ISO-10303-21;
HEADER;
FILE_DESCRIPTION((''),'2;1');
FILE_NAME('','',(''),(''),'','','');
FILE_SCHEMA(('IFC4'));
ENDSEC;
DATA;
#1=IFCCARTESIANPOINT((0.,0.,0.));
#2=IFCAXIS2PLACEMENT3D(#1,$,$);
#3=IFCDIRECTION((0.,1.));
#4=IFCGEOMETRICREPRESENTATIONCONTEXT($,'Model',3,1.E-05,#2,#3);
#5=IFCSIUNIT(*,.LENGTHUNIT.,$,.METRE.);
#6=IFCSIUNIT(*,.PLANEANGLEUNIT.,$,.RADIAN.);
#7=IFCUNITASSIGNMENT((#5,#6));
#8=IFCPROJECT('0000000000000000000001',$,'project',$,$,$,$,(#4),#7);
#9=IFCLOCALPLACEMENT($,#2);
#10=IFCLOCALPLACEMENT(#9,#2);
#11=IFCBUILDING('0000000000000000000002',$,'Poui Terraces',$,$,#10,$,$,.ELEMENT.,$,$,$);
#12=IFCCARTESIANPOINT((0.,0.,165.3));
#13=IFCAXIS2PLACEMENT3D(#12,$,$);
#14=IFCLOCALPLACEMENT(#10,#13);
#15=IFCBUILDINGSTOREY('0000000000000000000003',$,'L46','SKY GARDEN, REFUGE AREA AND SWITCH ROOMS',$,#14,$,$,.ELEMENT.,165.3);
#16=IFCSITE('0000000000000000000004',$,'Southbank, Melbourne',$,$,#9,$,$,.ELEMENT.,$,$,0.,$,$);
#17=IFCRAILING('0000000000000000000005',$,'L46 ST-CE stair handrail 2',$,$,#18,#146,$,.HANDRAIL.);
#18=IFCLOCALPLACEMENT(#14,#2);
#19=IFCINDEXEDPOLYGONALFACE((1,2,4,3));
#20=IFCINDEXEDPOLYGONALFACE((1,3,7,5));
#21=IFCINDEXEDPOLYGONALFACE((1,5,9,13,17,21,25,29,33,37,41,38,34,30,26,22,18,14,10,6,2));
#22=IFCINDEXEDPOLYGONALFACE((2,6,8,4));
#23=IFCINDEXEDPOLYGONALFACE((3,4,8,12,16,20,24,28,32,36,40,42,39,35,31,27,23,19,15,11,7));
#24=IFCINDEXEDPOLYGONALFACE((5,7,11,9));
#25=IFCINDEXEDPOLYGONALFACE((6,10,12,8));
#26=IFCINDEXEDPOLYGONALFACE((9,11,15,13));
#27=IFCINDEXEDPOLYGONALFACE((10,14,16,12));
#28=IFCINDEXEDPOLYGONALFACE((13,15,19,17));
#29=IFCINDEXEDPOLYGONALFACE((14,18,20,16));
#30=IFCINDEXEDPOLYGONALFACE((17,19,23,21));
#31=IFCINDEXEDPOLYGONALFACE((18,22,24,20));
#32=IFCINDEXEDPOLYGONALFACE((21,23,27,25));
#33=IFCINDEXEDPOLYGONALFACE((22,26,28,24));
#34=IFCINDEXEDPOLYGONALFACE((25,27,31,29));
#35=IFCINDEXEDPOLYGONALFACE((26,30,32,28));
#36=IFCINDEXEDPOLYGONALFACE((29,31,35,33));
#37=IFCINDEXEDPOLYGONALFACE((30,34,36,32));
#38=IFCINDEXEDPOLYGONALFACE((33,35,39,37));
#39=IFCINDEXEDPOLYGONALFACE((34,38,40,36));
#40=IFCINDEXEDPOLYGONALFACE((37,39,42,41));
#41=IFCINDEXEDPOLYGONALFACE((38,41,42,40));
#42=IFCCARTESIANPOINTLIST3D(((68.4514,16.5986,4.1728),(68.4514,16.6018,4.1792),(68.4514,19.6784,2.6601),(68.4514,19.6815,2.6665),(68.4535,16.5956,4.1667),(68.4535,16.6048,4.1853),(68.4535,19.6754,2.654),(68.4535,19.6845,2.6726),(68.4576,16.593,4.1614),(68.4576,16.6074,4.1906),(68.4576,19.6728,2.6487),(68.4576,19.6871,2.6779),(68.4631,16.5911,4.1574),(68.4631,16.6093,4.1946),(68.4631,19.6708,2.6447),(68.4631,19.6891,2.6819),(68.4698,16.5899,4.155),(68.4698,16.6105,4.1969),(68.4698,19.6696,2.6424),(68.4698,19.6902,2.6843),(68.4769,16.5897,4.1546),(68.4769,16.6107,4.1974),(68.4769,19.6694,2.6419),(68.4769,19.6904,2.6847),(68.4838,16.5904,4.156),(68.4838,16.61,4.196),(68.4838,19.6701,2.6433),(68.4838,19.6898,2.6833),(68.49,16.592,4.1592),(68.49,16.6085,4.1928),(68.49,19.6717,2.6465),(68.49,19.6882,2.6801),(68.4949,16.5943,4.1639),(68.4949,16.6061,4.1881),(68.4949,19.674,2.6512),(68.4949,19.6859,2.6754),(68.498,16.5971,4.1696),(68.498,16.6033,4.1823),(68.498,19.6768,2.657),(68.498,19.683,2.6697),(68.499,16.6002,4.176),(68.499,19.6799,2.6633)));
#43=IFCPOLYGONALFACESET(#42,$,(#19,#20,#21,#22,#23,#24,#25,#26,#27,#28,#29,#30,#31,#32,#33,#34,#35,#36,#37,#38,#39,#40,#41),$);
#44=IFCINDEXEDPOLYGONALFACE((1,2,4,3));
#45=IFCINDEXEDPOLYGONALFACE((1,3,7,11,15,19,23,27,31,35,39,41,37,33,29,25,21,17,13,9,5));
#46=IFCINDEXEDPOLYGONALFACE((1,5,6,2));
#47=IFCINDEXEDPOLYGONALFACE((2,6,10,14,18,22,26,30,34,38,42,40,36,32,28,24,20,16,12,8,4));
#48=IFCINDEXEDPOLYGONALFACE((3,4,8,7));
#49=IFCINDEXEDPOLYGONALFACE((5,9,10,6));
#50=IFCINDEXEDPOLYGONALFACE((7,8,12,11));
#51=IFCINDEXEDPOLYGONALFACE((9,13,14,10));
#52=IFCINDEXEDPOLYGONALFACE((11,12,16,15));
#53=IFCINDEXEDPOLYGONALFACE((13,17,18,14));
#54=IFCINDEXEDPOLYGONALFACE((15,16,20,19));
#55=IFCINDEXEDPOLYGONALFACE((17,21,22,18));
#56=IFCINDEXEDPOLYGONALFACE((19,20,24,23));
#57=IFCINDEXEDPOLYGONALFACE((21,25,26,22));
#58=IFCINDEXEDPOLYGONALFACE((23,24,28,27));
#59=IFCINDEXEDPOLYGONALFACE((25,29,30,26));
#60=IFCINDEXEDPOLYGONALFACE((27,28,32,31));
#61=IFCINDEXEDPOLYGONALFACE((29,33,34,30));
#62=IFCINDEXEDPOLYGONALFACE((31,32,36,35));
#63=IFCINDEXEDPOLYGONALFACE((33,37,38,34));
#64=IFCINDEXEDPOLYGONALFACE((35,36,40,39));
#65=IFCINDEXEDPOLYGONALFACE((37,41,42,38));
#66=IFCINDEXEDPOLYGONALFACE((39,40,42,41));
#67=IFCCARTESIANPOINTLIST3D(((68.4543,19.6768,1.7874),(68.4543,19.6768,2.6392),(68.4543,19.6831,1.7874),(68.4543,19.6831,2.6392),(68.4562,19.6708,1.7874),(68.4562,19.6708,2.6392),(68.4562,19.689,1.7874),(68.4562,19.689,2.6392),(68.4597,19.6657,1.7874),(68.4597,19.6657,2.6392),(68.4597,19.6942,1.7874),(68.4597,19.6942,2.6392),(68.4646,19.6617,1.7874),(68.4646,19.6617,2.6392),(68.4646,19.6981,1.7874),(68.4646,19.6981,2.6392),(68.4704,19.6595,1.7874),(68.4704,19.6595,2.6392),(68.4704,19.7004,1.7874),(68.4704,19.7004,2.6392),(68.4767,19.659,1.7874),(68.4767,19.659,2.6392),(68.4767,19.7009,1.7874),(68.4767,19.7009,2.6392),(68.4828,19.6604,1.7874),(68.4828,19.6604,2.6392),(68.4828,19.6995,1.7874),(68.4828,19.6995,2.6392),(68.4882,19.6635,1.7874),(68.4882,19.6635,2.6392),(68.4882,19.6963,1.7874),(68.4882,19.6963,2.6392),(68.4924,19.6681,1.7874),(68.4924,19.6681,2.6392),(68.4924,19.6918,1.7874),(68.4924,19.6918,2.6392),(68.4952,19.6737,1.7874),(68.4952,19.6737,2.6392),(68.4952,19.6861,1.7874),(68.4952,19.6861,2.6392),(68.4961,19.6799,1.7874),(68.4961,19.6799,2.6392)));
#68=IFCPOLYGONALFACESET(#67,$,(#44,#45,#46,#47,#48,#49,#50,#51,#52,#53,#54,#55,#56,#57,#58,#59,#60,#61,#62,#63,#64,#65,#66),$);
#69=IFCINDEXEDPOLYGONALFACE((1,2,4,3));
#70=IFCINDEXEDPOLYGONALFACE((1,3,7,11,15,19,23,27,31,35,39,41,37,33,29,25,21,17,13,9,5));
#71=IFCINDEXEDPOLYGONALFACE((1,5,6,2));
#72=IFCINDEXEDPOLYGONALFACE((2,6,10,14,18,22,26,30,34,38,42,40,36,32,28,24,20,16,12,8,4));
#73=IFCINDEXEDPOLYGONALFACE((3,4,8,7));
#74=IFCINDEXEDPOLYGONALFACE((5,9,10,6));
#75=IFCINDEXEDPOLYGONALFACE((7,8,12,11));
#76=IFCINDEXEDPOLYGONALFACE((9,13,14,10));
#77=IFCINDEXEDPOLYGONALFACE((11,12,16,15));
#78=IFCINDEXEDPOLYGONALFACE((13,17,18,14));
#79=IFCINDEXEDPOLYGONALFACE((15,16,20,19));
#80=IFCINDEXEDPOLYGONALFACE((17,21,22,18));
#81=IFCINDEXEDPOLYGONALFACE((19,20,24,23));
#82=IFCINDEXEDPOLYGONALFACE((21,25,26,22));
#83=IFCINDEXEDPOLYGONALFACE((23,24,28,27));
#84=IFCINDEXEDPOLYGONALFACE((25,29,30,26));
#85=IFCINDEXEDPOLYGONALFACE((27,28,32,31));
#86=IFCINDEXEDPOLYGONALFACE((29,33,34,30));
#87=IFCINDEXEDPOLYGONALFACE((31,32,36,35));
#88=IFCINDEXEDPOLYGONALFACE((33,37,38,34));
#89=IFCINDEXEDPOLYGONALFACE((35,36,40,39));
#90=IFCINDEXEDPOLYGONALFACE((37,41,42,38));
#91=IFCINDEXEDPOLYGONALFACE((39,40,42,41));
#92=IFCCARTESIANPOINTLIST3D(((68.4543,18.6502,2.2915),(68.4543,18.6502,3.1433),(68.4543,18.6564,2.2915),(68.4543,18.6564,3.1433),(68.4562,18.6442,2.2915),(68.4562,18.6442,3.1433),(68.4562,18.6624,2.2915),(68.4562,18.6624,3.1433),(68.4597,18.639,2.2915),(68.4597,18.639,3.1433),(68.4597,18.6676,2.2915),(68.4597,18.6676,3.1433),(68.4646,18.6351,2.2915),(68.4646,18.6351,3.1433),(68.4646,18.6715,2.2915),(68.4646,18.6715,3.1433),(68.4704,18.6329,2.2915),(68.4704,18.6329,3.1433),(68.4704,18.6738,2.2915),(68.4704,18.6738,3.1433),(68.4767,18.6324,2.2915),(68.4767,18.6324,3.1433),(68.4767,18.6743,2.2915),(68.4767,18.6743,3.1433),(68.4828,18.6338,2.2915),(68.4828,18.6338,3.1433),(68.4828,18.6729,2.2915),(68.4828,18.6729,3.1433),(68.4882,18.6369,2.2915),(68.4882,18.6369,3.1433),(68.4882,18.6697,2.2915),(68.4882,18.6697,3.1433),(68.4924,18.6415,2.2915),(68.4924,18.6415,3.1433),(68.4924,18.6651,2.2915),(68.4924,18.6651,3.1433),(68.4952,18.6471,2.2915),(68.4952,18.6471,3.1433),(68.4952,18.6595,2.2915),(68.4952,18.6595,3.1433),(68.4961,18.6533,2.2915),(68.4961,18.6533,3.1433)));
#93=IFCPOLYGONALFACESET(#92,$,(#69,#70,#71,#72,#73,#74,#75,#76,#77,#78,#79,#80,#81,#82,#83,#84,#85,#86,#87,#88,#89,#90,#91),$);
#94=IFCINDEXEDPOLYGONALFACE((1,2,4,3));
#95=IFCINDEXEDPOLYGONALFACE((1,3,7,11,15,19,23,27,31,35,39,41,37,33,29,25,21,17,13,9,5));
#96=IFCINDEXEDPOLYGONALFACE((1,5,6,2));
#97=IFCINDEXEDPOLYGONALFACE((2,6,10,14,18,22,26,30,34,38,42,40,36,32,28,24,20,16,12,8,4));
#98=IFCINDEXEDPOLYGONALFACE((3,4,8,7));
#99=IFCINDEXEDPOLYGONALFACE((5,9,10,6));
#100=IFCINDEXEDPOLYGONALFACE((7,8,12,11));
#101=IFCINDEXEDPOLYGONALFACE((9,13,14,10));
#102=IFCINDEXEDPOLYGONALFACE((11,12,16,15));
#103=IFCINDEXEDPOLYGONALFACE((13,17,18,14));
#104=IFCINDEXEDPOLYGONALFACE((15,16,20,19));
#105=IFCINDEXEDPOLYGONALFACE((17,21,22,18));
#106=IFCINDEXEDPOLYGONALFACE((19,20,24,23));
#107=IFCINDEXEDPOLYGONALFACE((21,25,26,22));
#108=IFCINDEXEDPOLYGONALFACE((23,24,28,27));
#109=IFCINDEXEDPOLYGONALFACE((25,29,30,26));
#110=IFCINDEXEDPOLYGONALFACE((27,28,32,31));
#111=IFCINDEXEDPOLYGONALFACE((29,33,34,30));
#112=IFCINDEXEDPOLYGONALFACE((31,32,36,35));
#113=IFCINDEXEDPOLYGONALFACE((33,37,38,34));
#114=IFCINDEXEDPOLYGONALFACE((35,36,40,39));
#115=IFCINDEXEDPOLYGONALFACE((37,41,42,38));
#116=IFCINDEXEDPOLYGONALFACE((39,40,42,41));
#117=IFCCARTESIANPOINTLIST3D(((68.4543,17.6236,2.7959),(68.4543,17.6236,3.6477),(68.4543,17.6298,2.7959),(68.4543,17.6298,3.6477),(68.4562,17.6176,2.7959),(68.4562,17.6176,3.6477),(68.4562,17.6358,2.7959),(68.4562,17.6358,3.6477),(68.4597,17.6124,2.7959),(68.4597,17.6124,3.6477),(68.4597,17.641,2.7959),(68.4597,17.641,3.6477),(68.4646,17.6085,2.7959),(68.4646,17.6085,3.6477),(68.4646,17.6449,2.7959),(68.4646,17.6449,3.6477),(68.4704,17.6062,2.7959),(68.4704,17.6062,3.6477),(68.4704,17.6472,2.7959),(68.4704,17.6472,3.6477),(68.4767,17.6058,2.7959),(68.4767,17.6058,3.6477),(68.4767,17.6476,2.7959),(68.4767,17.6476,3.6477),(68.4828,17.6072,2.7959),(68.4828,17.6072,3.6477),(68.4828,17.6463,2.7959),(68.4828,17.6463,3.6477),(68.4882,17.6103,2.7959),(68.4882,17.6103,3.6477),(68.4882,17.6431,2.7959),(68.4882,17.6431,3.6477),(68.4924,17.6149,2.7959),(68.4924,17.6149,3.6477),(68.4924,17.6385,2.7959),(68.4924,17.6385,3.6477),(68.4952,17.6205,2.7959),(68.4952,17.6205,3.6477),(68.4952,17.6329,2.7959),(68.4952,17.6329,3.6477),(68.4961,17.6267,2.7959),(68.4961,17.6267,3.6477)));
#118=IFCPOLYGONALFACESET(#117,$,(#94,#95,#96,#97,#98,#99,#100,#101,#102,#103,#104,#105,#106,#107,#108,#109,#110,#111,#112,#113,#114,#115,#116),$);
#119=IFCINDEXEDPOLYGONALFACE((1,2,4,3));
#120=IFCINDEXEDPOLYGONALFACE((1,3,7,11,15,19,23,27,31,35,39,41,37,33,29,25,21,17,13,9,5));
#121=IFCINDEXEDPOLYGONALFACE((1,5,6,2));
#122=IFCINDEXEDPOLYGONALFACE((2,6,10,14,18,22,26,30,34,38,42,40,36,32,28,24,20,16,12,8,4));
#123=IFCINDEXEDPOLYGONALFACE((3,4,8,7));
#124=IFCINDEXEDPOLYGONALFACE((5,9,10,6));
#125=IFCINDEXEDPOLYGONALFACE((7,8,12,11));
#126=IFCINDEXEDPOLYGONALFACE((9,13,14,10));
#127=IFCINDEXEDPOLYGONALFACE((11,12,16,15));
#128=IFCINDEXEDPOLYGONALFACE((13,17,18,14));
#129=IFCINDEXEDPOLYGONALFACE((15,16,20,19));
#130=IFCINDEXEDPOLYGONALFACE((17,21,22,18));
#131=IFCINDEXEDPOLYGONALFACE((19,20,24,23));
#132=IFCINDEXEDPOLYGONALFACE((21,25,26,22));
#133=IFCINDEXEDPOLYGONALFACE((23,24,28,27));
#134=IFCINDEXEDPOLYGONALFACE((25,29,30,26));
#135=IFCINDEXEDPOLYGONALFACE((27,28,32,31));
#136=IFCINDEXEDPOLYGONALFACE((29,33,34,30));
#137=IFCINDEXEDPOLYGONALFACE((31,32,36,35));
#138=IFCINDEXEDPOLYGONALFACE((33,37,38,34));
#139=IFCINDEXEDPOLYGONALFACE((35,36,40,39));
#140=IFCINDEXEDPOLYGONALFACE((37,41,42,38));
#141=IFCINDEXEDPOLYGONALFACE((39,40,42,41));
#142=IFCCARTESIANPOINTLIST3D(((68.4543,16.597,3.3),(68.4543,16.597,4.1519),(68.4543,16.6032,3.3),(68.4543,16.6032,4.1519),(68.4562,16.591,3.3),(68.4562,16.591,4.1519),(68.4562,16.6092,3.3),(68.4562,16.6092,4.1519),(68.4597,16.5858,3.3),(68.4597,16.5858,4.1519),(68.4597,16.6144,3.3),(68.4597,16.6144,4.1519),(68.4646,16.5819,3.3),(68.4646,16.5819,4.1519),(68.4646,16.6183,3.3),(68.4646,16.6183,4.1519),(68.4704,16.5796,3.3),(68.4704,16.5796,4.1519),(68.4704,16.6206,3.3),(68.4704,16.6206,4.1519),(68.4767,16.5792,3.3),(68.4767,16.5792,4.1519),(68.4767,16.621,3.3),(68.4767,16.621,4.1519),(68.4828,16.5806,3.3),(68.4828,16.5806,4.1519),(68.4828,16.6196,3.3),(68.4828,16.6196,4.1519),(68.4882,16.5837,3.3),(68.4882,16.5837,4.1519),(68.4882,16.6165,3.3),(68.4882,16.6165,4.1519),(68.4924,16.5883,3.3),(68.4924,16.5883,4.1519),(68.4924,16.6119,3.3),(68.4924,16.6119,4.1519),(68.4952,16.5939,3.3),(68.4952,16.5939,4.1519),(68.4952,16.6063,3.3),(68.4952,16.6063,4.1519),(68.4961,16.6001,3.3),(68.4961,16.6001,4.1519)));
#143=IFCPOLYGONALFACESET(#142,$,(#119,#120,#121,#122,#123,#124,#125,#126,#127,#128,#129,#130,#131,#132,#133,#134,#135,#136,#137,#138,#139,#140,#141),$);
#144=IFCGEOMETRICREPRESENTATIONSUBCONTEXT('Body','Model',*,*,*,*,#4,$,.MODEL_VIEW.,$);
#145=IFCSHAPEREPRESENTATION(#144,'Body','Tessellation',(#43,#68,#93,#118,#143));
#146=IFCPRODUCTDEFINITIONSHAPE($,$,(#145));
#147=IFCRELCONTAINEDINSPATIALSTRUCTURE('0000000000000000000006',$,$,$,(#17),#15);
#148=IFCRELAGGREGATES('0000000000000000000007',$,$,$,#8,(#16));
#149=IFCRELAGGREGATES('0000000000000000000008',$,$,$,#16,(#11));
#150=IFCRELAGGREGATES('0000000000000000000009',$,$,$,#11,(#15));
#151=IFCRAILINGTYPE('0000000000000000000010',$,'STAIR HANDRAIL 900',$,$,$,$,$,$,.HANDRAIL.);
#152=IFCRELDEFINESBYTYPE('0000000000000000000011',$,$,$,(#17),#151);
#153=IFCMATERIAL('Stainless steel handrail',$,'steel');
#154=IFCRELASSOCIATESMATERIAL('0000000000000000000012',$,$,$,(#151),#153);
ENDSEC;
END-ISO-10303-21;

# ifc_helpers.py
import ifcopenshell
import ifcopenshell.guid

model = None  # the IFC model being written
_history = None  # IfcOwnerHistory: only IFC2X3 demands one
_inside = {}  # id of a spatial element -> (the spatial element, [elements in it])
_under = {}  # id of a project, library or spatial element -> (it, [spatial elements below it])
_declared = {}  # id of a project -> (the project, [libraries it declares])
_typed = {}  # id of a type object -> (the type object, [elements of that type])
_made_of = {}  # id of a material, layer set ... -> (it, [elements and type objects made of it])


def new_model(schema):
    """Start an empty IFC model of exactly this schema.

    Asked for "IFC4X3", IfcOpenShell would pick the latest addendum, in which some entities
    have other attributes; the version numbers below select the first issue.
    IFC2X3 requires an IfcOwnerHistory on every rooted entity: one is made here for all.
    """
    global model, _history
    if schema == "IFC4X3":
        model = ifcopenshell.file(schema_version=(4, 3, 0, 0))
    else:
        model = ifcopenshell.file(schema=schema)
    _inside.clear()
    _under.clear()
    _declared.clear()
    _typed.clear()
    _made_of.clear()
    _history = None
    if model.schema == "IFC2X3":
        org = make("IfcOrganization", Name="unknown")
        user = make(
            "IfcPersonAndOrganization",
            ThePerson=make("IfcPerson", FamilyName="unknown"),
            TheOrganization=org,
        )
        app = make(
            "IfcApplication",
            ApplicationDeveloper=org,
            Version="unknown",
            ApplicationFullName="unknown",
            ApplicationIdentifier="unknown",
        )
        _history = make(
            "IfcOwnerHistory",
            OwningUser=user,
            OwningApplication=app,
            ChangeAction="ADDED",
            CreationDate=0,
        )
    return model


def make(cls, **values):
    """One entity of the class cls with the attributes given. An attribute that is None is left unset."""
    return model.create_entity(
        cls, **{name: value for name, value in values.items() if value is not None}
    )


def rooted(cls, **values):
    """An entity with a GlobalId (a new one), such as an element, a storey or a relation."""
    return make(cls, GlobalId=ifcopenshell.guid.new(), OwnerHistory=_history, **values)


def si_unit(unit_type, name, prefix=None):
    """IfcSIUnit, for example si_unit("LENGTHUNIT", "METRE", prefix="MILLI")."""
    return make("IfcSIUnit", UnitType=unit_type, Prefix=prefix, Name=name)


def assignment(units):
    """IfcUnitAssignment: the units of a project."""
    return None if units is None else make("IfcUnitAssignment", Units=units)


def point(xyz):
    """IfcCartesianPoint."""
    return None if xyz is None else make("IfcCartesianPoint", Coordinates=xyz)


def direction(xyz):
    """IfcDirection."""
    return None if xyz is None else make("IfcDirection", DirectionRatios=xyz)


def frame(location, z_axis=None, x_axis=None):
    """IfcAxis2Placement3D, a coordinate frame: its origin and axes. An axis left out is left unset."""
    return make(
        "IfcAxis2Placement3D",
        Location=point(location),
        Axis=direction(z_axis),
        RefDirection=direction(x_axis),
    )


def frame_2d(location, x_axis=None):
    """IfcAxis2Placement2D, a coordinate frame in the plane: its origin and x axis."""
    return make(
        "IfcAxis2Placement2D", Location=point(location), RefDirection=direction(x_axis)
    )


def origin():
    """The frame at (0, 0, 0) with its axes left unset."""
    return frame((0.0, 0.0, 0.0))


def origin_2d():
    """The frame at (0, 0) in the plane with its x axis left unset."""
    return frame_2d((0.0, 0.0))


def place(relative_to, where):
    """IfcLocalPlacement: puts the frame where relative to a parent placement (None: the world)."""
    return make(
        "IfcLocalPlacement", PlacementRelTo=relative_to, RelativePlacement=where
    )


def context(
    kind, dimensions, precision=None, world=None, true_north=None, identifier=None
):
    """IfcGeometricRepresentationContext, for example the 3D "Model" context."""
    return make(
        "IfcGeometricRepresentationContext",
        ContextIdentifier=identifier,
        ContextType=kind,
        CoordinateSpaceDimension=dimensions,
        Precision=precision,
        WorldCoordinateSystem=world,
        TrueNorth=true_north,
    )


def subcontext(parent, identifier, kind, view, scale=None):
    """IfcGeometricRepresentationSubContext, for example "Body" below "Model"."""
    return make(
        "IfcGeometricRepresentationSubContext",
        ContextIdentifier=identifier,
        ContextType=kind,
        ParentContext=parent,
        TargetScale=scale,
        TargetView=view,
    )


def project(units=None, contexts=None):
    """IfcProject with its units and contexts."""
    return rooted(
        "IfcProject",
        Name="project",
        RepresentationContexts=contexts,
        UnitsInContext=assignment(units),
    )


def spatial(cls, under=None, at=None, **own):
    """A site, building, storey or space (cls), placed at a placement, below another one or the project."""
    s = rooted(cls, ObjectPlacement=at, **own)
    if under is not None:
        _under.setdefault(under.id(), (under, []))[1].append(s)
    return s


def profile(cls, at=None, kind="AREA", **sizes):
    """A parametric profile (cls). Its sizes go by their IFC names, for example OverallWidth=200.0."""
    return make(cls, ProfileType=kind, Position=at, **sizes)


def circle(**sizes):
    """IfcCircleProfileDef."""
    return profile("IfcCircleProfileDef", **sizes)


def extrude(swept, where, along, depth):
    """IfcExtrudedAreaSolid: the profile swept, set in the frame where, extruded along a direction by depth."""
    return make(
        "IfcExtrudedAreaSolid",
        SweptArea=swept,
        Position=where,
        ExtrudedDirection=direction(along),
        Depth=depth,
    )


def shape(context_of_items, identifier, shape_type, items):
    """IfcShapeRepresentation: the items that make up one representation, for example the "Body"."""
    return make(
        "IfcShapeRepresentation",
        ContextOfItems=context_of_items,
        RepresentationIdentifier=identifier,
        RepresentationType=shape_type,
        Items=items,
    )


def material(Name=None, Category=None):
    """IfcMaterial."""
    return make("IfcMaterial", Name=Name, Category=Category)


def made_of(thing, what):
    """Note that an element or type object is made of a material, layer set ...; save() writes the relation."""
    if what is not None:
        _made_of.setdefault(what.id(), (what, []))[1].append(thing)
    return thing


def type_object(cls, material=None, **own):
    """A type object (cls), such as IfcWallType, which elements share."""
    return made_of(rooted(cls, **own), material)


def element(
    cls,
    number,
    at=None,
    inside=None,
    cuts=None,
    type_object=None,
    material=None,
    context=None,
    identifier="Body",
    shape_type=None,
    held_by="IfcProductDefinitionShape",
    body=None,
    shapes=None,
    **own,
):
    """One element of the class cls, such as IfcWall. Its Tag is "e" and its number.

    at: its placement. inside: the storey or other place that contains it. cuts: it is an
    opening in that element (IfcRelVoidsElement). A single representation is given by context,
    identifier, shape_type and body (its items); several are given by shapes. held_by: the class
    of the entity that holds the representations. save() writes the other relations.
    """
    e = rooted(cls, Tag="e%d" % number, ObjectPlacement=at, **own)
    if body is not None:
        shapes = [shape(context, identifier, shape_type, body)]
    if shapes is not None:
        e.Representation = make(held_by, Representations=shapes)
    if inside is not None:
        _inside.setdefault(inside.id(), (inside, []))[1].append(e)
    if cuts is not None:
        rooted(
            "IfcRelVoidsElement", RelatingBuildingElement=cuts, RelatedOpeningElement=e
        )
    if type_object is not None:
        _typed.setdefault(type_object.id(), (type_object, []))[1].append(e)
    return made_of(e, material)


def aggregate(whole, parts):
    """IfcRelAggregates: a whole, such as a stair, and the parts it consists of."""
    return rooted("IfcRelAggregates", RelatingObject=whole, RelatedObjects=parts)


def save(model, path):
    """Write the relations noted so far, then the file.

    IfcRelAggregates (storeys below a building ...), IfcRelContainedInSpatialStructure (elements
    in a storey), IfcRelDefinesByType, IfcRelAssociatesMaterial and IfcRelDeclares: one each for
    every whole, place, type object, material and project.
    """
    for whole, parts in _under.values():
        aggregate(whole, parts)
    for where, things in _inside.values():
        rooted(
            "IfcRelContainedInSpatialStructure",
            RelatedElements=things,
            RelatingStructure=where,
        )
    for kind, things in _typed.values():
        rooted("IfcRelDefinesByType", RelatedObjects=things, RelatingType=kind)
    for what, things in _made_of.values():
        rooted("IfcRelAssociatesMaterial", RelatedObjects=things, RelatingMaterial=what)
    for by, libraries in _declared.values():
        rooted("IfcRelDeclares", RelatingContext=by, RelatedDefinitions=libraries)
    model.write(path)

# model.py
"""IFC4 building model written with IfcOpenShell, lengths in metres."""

from ifc_helpers import new_model, si_unit, direction, frame, origin, origin_2d, place, context, subcontext, project, spatial, circle, extrude, material, type_object, element, save


model = new_model("IFC4")

# Units and contexts
model_context = context("Model", 3, precision=1e-05, world=origin(), true_north=direction((0.0, 1.0)))
body_context = subcontext(model_context, "Body", "Model", "MODEL_VIEW")
ifc_project = project(units=[si_unit("LENGTHUNIT", "METRE"), si_unit("PLANEANGLEUNIT", "RADIAN")], contexts=[model_context])

# Site, building, storey
site_placement = place(None, origin())
site = spatial("IfcSite", under=ifc_project, at=site_placement, Name="Southbank, Melbourne", CompositionType="ELEMENT", RefElevation=0.0)
building_placement = place(site_placement, origin())
building = spatial("IfcBuilding", under=site, at=building_placement, Name="Poui Terraces", CompositionType="ELEMENT")
storey_placement = place(building_placement, frame((0.0, 0.0, 165.3)))
storey = spatial("IfcBuildingStorey", under=building, at=storey_placement, Name="L46", Description="SKY GARDEN, REFUGE AREA AND SWITCH ROOMS", CompositionType="ELEMENT", Elevation=165.3)

# Railing
ifc_material_1 = material(Name="Stainless steel handrail", Category="steel")
railing_type_1 = type_object("IfcRailingType", Name="STAIR HANDRAIL 900", PredefinedType="HANDRAIL", material=ifc_material_1)
railing_1_placement = place(storey_placement, frame((68.4751, 19.6799, 1.7874)))
element("IfcRailing", 1, at=railing_1_placement, inside=storey, type_object=railing_type_1, Name="L46 ST-CE stair handrail 2", PredefinedType="HANDRAIL", context=body_context, shape_type="SweptSolid", body=[
    extrude(circle(Radius=0.0239, at=origin_2d()), frame((0.0, 0.0, 0.876), z_axis=(0.0, -0.897578, 0.440856), x_axis=(1.0, 0.0, 0.0)), (0.0, 0.0, 1.0), 3.4312),
    extrude(circle(Radius=0.021, at=origin_2d()), origin(), (0.0, 0.0, 1.0), 0.8518),
    extrude(circle(Radius=0.021, at=origin_2d()), frame((0.0, -1.0266, 0.5042)), (0.0, 0.0, 1.0), 0.8518),
    extrude(circle(Radius=0.021, at=origin_2d()), frame((0.0, -2.0532, 1.0085)), (0.0, 0.0, 1.0), 0.8518),
    extrude(circle(Radius=0.021, at=origin_2d()), frame((0.0, -3.0798, 1.5127)), (0.0, 0.0, 1.0), 0.8518),
])

save(model, "model.ifc")
